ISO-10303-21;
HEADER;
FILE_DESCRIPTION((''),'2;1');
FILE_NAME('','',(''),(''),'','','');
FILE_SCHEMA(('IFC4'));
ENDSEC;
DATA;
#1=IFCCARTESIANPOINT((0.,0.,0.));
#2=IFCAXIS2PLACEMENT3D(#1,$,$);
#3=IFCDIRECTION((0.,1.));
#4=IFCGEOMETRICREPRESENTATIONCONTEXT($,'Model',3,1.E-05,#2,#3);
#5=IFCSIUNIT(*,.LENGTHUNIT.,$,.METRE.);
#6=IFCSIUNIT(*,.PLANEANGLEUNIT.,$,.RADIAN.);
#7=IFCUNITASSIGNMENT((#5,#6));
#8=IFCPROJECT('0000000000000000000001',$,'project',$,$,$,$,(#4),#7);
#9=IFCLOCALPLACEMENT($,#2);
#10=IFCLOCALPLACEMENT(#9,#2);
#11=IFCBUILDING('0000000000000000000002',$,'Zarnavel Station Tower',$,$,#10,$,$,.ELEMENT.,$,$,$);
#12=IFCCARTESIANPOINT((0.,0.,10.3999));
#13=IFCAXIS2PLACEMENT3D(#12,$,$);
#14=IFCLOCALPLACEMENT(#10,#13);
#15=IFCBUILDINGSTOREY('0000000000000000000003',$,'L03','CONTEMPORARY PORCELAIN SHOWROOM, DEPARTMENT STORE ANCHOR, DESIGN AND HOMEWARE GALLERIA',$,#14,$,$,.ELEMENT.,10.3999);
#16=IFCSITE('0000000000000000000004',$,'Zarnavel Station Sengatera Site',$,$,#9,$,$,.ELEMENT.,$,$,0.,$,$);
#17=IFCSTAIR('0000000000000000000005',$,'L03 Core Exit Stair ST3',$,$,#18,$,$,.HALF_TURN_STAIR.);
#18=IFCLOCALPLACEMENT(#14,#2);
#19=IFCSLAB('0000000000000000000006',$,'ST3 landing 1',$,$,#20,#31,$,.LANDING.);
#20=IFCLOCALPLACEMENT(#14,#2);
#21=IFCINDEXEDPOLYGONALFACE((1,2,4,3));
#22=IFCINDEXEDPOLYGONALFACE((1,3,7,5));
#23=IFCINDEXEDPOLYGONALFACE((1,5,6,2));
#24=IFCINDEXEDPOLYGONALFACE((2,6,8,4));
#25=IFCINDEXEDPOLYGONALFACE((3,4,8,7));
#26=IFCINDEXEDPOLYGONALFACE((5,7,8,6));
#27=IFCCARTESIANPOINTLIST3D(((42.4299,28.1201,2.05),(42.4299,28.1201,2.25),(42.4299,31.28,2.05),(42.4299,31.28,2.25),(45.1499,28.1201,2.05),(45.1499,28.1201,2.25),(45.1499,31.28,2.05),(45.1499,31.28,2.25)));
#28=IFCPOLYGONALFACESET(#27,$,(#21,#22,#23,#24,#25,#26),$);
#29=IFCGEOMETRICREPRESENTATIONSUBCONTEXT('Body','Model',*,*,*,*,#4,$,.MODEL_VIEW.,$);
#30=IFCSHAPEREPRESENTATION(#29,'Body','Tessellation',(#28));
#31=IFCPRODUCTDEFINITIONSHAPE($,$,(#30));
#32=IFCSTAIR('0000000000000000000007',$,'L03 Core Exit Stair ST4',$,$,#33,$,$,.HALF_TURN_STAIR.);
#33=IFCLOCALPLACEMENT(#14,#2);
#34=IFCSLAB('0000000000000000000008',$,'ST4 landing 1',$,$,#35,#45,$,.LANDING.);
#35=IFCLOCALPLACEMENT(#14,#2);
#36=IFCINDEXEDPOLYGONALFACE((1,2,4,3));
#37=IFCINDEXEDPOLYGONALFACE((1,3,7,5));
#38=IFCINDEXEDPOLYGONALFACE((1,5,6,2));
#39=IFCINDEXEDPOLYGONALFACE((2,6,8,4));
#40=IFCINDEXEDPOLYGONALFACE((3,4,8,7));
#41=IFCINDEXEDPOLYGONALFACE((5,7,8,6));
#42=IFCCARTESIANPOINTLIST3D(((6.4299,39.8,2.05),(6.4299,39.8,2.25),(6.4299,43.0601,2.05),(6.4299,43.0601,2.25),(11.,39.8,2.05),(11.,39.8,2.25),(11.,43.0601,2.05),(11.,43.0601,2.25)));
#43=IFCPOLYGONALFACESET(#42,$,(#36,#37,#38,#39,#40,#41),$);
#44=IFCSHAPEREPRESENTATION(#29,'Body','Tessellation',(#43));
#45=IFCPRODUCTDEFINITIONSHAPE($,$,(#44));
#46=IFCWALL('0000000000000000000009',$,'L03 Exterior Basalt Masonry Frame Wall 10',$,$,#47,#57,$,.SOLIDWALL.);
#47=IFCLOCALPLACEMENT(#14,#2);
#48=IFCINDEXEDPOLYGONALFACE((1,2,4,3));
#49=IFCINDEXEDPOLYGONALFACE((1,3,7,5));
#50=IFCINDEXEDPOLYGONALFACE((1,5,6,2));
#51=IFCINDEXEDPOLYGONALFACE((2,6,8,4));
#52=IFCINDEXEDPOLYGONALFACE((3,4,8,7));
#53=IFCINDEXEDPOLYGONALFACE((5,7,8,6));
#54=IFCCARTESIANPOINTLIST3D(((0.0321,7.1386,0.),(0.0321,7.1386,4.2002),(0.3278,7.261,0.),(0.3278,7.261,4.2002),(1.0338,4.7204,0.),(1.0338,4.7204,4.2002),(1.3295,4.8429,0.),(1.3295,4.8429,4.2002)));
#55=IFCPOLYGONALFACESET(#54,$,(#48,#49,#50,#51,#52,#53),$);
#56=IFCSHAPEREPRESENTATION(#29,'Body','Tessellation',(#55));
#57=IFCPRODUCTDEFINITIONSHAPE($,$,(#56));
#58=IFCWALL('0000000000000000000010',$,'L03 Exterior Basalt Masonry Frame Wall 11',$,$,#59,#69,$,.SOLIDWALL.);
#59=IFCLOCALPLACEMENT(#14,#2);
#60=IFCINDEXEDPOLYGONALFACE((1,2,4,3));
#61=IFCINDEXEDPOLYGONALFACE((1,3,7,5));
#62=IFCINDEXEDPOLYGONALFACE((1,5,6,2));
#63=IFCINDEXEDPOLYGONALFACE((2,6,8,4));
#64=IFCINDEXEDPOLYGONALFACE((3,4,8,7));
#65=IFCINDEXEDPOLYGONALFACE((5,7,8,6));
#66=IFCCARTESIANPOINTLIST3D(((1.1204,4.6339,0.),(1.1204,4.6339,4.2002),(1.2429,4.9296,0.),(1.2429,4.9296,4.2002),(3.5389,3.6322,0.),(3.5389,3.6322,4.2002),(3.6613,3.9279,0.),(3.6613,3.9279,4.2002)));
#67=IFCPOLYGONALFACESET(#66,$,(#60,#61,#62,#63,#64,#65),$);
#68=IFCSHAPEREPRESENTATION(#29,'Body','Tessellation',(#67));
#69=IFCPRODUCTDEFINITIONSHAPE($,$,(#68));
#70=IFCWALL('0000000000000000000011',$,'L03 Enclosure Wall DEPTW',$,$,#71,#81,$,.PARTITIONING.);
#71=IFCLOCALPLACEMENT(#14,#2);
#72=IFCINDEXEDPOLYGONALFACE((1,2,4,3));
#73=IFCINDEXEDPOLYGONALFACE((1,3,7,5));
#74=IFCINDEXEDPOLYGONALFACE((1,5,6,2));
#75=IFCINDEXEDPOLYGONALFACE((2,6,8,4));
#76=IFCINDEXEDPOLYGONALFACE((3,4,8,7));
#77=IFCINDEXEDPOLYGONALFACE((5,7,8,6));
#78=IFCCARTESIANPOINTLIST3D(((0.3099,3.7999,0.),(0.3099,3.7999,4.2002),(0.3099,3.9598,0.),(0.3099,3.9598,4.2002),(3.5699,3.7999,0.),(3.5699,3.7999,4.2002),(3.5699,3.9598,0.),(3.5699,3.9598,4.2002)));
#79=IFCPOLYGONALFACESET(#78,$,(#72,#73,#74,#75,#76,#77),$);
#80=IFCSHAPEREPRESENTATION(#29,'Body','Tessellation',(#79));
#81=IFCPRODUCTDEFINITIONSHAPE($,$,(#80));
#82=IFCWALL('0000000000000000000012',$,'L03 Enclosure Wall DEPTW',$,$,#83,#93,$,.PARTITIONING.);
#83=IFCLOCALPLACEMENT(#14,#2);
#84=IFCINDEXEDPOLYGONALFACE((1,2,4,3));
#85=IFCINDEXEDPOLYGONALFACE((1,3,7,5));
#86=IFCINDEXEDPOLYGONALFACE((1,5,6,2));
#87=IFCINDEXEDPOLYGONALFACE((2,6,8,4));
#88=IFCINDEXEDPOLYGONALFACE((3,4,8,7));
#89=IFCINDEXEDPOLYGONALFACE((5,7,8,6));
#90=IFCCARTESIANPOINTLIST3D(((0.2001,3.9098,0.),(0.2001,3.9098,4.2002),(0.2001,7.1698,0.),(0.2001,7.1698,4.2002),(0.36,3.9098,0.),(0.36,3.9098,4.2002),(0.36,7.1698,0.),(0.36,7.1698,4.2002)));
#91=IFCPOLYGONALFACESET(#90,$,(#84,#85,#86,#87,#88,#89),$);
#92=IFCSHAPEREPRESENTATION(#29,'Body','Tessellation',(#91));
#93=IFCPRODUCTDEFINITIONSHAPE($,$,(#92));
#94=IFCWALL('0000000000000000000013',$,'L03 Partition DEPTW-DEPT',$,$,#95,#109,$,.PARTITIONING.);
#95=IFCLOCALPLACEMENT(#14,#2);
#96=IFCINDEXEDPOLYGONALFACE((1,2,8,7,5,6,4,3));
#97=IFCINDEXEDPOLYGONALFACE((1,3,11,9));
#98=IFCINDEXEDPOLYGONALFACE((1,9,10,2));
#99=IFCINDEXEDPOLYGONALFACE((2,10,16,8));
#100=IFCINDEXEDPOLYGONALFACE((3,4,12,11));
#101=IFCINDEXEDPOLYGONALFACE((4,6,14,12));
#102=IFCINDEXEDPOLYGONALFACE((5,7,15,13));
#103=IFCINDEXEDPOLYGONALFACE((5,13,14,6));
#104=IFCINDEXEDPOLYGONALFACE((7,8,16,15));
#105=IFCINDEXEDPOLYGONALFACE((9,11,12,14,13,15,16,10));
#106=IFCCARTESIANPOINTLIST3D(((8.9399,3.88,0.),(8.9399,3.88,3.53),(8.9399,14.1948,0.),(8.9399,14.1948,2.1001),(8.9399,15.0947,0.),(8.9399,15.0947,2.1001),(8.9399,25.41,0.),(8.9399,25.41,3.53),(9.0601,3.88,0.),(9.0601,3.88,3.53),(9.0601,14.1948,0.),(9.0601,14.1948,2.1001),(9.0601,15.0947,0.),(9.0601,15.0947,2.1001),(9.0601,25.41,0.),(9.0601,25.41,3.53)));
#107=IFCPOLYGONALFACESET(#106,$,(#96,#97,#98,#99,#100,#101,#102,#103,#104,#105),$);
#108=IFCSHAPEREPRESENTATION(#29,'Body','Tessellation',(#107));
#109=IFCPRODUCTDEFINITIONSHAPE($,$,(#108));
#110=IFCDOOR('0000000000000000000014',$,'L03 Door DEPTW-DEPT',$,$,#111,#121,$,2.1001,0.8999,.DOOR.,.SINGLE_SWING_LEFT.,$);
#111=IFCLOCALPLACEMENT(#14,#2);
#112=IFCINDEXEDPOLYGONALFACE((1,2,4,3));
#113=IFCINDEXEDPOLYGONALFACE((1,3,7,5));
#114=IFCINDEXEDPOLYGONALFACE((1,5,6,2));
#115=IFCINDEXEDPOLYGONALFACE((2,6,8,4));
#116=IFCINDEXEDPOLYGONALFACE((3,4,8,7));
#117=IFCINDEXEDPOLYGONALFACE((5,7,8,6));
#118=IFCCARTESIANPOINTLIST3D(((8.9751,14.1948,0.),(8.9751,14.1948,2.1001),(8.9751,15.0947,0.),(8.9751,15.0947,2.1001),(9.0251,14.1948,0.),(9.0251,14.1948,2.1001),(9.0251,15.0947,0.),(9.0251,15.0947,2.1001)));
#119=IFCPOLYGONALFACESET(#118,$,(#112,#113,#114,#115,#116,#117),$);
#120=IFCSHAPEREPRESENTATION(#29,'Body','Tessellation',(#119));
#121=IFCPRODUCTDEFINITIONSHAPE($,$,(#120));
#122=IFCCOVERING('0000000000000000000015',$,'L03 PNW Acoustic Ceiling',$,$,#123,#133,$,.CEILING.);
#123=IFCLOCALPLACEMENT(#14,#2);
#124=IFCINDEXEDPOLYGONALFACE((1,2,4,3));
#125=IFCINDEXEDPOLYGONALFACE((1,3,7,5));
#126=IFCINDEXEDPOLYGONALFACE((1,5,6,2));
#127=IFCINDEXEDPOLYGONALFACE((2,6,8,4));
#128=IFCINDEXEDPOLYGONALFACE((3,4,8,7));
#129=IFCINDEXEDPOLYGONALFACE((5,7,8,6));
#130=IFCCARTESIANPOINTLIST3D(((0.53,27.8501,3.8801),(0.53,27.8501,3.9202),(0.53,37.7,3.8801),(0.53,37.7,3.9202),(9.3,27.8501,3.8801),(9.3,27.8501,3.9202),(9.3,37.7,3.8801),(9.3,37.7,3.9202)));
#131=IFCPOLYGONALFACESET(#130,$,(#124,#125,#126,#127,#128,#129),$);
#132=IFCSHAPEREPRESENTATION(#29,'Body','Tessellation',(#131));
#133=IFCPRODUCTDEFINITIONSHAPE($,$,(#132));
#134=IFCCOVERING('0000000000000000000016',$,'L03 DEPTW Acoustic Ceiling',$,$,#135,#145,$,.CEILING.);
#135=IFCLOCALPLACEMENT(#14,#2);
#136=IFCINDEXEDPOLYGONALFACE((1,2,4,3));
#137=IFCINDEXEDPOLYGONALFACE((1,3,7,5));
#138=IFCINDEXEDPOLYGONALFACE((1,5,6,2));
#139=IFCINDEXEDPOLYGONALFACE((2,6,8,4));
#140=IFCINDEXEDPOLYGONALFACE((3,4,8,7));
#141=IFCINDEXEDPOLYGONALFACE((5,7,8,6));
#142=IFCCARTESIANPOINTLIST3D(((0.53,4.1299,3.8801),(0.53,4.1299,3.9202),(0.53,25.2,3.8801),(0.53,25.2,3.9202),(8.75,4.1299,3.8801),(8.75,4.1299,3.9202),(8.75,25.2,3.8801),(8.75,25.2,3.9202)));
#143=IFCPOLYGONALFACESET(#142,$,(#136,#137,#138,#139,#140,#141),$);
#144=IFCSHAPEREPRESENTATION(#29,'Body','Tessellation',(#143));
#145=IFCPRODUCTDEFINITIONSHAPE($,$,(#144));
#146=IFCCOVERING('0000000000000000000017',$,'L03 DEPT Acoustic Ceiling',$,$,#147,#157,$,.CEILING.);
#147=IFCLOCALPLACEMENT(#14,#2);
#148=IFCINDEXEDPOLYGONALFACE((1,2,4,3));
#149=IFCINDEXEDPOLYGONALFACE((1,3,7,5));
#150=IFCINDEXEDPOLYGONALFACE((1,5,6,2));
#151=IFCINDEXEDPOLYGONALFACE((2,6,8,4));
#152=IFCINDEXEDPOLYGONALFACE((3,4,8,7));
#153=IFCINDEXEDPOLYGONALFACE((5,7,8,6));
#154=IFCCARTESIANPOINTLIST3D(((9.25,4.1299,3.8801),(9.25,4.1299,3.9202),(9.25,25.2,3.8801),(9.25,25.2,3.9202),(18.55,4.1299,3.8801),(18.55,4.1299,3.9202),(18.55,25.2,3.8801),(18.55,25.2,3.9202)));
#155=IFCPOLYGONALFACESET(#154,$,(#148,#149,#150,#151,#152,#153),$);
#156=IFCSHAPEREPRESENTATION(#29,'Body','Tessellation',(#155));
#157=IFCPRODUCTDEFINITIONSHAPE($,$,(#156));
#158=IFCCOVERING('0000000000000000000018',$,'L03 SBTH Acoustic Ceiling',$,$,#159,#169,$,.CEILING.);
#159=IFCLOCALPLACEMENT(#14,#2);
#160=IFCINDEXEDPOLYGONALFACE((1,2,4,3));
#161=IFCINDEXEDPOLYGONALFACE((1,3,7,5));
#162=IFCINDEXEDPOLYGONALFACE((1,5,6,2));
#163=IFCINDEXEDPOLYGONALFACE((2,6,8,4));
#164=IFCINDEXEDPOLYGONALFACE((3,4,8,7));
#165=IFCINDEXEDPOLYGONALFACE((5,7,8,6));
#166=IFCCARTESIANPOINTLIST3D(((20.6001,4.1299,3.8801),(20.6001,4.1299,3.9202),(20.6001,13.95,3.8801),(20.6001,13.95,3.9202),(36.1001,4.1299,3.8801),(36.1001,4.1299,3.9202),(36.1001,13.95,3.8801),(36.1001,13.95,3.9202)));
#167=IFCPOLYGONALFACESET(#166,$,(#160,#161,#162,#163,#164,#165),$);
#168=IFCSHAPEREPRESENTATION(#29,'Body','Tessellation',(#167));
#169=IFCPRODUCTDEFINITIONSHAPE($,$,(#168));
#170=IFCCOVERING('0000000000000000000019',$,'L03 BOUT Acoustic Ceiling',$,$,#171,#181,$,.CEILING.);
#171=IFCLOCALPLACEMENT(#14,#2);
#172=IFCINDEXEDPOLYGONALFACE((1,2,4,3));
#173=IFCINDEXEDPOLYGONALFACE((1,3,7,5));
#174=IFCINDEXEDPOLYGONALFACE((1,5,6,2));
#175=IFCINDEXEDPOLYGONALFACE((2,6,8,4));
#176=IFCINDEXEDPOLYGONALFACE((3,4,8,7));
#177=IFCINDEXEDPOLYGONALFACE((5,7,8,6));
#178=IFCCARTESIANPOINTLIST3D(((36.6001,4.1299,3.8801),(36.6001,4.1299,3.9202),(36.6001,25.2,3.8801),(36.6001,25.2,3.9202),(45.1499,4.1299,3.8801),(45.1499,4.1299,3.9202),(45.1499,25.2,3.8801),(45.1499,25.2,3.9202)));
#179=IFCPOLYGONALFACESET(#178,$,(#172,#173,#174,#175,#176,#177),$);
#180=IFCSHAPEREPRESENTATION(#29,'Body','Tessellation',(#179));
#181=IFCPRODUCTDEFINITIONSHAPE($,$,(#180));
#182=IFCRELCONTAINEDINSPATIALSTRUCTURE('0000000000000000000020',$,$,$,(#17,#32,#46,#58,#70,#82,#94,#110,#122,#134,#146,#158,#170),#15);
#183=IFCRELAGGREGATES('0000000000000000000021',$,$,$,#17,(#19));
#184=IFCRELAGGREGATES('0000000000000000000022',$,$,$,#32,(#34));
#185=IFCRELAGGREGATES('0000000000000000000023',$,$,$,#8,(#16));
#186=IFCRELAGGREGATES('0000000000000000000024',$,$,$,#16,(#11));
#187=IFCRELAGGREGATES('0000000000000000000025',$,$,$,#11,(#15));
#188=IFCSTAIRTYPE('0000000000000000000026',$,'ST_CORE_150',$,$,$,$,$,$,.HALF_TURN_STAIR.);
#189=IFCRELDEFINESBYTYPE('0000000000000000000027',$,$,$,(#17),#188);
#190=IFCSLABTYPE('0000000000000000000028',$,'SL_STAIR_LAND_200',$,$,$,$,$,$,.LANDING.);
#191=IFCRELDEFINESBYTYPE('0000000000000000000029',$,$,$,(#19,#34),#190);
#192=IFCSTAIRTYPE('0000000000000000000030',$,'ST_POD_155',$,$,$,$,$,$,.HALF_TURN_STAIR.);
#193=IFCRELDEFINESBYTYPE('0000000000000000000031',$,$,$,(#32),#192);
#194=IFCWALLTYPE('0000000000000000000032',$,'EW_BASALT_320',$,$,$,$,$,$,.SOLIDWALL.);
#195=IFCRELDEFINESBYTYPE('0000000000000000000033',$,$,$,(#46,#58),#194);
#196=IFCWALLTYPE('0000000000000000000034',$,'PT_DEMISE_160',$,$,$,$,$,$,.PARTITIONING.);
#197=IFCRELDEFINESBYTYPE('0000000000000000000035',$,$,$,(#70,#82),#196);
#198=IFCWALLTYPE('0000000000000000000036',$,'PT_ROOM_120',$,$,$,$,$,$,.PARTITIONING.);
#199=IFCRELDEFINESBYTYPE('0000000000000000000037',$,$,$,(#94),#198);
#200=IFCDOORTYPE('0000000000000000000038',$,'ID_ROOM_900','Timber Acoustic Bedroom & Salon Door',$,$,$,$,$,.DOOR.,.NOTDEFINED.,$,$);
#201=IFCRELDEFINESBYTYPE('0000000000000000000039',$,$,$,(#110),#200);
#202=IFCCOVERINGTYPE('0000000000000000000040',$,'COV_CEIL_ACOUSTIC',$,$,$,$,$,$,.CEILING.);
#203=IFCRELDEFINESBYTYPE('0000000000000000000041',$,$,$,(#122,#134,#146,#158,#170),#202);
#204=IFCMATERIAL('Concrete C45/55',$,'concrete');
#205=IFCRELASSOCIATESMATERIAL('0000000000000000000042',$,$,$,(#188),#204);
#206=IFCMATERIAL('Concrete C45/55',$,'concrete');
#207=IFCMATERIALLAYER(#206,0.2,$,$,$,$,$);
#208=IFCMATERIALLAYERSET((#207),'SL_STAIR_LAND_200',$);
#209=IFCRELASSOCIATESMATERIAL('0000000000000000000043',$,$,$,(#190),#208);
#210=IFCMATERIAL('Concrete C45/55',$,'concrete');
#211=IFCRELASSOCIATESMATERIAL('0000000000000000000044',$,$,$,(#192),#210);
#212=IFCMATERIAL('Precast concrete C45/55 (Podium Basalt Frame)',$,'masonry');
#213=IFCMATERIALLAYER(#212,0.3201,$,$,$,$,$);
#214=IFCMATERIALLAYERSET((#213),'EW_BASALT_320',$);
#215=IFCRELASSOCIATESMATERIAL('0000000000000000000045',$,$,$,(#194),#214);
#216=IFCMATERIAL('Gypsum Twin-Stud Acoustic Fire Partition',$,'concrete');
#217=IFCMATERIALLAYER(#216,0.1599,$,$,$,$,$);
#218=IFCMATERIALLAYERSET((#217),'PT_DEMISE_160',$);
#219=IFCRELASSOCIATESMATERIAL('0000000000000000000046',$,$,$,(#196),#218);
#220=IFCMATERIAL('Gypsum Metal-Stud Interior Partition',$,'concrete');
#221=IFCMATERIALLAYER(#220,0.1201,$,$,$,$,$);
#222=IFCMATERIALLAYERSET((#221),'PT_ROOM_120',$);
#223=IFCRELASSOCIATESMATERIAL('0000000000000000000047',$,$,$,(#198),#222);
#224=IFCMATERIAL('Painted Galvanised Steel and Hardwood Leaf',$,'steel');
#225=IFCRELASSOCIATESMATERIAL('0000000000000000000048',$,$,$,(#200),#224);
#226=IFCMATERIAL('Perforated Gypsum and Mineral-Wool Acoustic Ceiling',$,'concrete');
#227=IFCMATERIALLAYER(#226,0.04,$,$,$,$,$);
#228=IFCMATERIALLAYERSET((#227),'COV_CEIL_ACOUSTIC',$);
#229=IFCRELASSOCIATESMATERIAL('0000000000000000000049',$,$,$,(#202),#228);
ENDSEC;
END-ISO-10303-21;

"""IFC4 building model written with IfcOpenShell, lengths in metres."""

from ifc_helpers import new_model, si_unit, direction, frame, frame_2d, origin, place, context, subcontext, project, spatial, polyline, rectangle, outline, extrude, material, layer, layer_set, type_object, element, fill, aggregate, save


model = new_model("IFC4")

# Units and contexts
model_context = context("Model", 3, precision=1e-05, world=origin(), true_north=direction((0.0, 1.0)))
body_context = subcontext(model_context, "Body", "Model", "MODEL_VIEW")
ifc_project = project(units=[si_unit("LENGTHUNIT", "METRE"), si_unit("PLANEANGLEUNIT", "RADIAN")], contexts=[model_context])

# Site, building, storey
site_placement = place(None, origin())
site = spatial("IfcSite", under=ifc_project, at=site_placement, Name="Zarnavel Station Sengatera Site", CompositionType="ELEMENT", RefElevation=0.0)
building_placement = place(site_placement, origin())
building = spatial("IfcBuilding", under=site, at=building_placement, Name="Zarnavel Station Tower", CompositionType="ELEMENT")
storey_placement = place(building_placement, frame((0.0, 0.0, 10.3999)))
storey = spatial("IfcBuildingStorey", under=building, at=storey_placement, Name="L03", Description="CONTEMPORARY PORCELAIN SHOWROOM, DEPARTMENT STORE ANCHOR, DESIGN AND HOMEWARE GALLERIA", CompositionType="ELEMENT", Elevation=10.3999)

# Stairs, slabs
ifc_material_1 = material(Name="Concrete C45/55", Category="concrete")
stair_type_1 = type_object("IfcStairType", Name="ST_CORE_150", PredefinedType="HALF_TURN_STAIR", material=ifc_material_1)
ifc_material_2 = material(Name="Concrete C45/55", Category="concrete")
ifc_layer_1 = layer(ifc_material_2, 0.2)
ifc_layer_set_1 = layer_set([ifc_layer_1], Name="SL_STAIR_LAND_200")
slab_type_1 = type_object("IfcSlabType", Name="SL_STAIR_LAND_200", PredefinedType="LANDING", material=ifc_layer_set_1)
stair_1_placement = place(storey_placement, origin())
stair_1 = element("IfcStair", 1, at=stair_1_placement, inside=storey, type_object=stair_type_1, Name="L03 Core Exit Stair ST3", PredefinedType="HALF_TURN_STAIR")
slab_1_placement = place(storey_placement, frame((0.0, 0.0, 2.05)))
slab_1 = element("IfcSlab", 2, at=slab_1_placement, type_object=slab_type_1, Name="ST3 landing 1", PredefinedType="LANDING", context=body_context, shape_type="SweptSolid", body=[
    extrude(outline(polyline([(42.4299, 28.1201), (45.1499, 28.1201), (45.1499, 31.28), (42.4299, 31.28), (42.4299, 28.1201)])), origin(), (0.0, 0.0, 1.0), 0.2),
])
aggregate(stair_1, [slab_1])
ifc_material_3 = material(Name="Concrete C45/55", Category="concrete")
stair_type_2 = type_object("IfcStairType", Name="ST_POD_155", PredefinedType="HALF_TURN_STAIR", material=ifc_material_3)
stair_2_placement = place(storey_placement, origin())
stair_2 = element("IfcStair", 3, at=stair_2_placement, inside=storey, type_object=stair_type_2, Name="L03 Core Exit Stair ST4", PredefinedType="HALF_TURN_STAIR")
slab_2_placement = place(storey_placement, frame((0.0, 0.0, 2.05)))
slab_2 = element("IfcSlab", 4, at=slab_2_placement, type_object=slab_type_1, Name="ST4 landing 1", PredefinedType="LANDING", context=body_context, shape_type="SweptSolid", body=[
    extrude(outline(polyline([(6.4299, 39.8), (11.0, 39.8), (11.0, 43.0601), (6.4299, 43.0601), (6.4299, 39.8)])), origin(), (0.0, 0.0, 1.0), 0.2),
])
aggregate(stair_2, [slab_2])

# Walls
ifc_material_4 = material(Name="Precast concrete C45/55 (Podium Basalt Frame)", Category="masonry")
ifc_layer_2 = layer(ifc_material_4, 0.3201)
ifc_layer_set_2 = layer_set([ifc_layer_2], Name="EW_BASALT_320")
wall_type_1 = type_object("IfcWallType", Name="EW_BASALT_320", PredefinedType="SOLIDWALL", material=ifc_layer_set_2)
wall_1_placement = place(storey_placement, frame((1.1816, 4.7817, 0.0), z_axis=(0.0, 0.0, 1.0), x_axis=(-0.382701, 0.923872, 0.0)))
element("IfcWall", 5, at=wall_1_placement, inside=storey, type_object=wall_type_1, Name="L03 Exterior Basalt Masonry Frame Wall 10", PredefinedType="SOLIDWALL", context=body_context, shape_type="SweptSolid", body=[
    extrude(rectangle(XDim=2.6174, YDim=0.3201, at=frame_2d((1.3086, 0.0))), origin(), (0.0, 0.0, 1.0), 4.2002),
])
wall_2_placement = place(storey_placement, frame((3.6001, 3.78, 0.0), z_axis=(0.0, 0.0, 1.0), x_axis=(-0.923886, 0.382668, 0.0)))
element("IfcWall", 6, at=wall_2_placement, inside=storey, type_object=wall_type_1, Name="L03 Exterior Basalt Masonry Frame Wall 11", PredefinedType="SOLIDWALL", context=body_context, shape_type="SweptSolid", body=[
    extrude(rectangle(XDim=2.6177, YDim=0.3201, at=frame_2d((1.3088, 0.0))), origin(), (0.0, 0.0, 1.0), 4.2002),
])
ifc_material_5 = material(Name="Gypsum Twin-Stud Acoustic Fire Partition", Category="concrete")
ifc_layer_3 = layer(ifc_material_5, 0.1599)
ifc_layer_set_3 = layer_set([ifc_layer_3], Name="PT_DEMISE_160")
wall_type_2 = type_object("IfcWallType", Name="PT_DEMISE_160", PredefinedType="PARTITIONING", material=ifc_layer_set_3)
for number, where, z_axis, x_axis, name in (
    (7, (0.3101, 3.8799, 0.0), (0.0, 0.0, 1.0), (1.0, 0.0, 0.0), "L03 Enclosure Wall DEPTW"),
    (8, (0.28, 3.9099, 0.0), (0.0, 0.0, 1.0), (0.0, 1.0, 0.0), "L03 Enclosure Wall DEPTW"),
):
    element("IfcWall", number, at=place(storey_placement, frame(where, z_axis=z_axis, x_axis=x_axis)), inside=storey, type_object=wall_type_2, Name=name, PredefinedType="PARTITIONING", context=body_context, shape_type="SweptSolid", body=[
        extrude(rectangle(XDim=3.26, YDim=0.1599, at=frame_2d((1.6299, 0.0))), origin(), (0.0, 0.0, 1.0), 4.2002),
    ])

# Wall, opening, door
ifc_material_6 = material(Name="Gypsum Metal-Stud Interior Partition", Category="concrete")
ifc_layer_4 = layer(ifc_material_6, 0.1201)
ifc_layer_set_4 = layer_set([ifc_layer_4], Name="PT_ROOM_120")
wall_type_3 = type_object("IfcWallType", Name="PT_ROOM_120", PredefinedType="PARTITIONING", material=ifc_layer_set_4)
wall_3_placement = place(storey_placement, frame((9.0, 3.8799, 0.0), z_axis=(0.0, 0.0, 1.0), x_axis=(0.0, 1.0, 0.0)))
wall_3 = element("IfcWall", 9, at=wall_3_placement, inside=storey, type_object=wall_type_3, Name="L03 Partition DEPTW-DEPT", PredefinedType="PARTITIONING", context=body_context, shape_type="SweptSolid", body=[
    extrude(rectangle(XDim=21.53, YDim=0.1201, at=frame_2d((10.7651, 0.0))), origin(), (0.0, 0.0, 1.0), 3.53),
])
opening_placement = place(wall_3_placement, frame((10.3149, 0.0, 0.0)))
opening = element("IfcOpeningElement", 10, at=opening_placement, cuts=wall_3, PredefinedType="OPENING", context=body_context, shape_type="SweptSolid", body=[
    extrude(rectangle(XDim=0.8999, YDim=2.1001, at=frame_2d((0.45, 1.05))), frame((0.0, 0.0701, 0.0), z_axis=(0.0, -1.0, 0.0), x_axis=(1.0, 0.0, 0.0)), (0.0, 0.0, 1.0), 0.1401),
])
ifc_material_7 = material(Name="Painted Galvanised Steel and Hardwood Leaf", Category="steel")
door_type = type_object("IfcDoorType", Name="ID_ROOM_900", Description="Timber Acoustic Bedroom & Salon Door", OperationType="NOTDEFINED", PredefinedType="DOOR", material=ifc_material_7)
door_placement = place(opening_placement, origin())
door = element("IfcDoor", 11, at=door_placement, inside=storey, type_object=door_type, Name="L03 Door DEPTW-DEPT", OperationType="SINGLE_SWING_LEFT", OverallHeight=2.1001, OverallWidth=0.8999, PredefinedType="DOOR", context=body_context, shape_type="SweptSolid", body=[
    extrude(rectangle(XDim=0.8999, YDim=2.1001, at=frame_2d((0.45, 1.05))), frame((0.0, 0.0249, 0.0), z_axis=(0.0, -1.0, 0.0), x_axis=(1.0, 0.0, 0.0)), (0.0, 0.0, 1.0), 0.05),
])
fill(opening, door)

# Coverings
ifc_material_8 = material(Name="Perforated Gypsum and Mineral-Wool Acoustic Ceiling", Category="concrete")
ifc_layer_5 = layer(ifc_material_8, 0.04)
ifc_layer_set_5 = layer_set([ifc_layer_5], Name="COV_CEIL_ACOUSTIC")
covering_type_1 = type_object("IfcCoveringType", Name="COV_CEIL_ACOUSTIC", PredefinedType="CEILING", material=ifc_layer_set_5)
covering_1_placement = place(storey_placement, frame((0.0, 0.0, 3.8801)))
element("IfcCovering", 12, at=covering_1_placement, inside=storey, type_object=covering_type_1, Name="L03 PNW Acoustic Ceiling", PredefinedType="CEILING", context=body_context, shape_type="SweptSolid", body=[
    extrude(outline(polyline([(0.53, 27.8501), (9.3, 27.8501), (9.3, 37.7), (0.53, 37.7), (0.53, 27.8501)])), origin(), (0.0, 0.0, 1.0), 0.04),
])
covering_2_placement = place(storey_placement, frame((0.0, 0.0, 3.8801)))
element("IfcCovering", 13, at=covering_2_placement, inside=storey, type_object=covering_type_1, Name="L03 DEPTW Acoustic Ceiling", PredefinedType="CEILING", context=body_context, shape_type="SweptSolid", body=[
    extrude(outline(polyline([(0.53, 4.1299), (8.75, 4.1299), (8.75, 25.2), (0.53, 25.2), (0.53, 4.1299)])), origin(), (0.0, 0.0, 1.0), 0.04),
])
covering_3_placement = place(storey_placement, frame((0.0, 0.0, 3.8801)))
element("IfcCovering", 14, at=covering_3_placement, inside=storey, type_object=covering_type_1, Name="L03 DEPT Acoustic Ceiling", PredefinedType="CEILING", context=body_context, shape_type="SweptSolid", body=[
    extrude(outline(polyline([(9.25, 4.1299), (18.55, 4.1299), (18.55, 25.2), (9.25, 25.2), (9.25, 4.1299)])), origin(), (0.0, 0.0, 1.0), 0.04),
])
covering_4_placement = place(storey_placement, frame((0.0, 0.0, 3.8801)))
element("IfcCovering", 15, at=covering_4_placement, inside=storey, type_object=covering_type_1, Name="L03 SBTH Acoustic Ceiling", PredefinedType="CEILING", context=body_context, shape_type="SweptSolid", body=[
    extrude(outline(polyline([(20.6001, 4.1299), (36.1001, 4.1299), (36.1001, 13.95), (20.6001, 13.95), (20.6001, 4.1299)])), origin(), (0.0, 0.0, 1.0), 0.04),
])
covering_5_placement = place(storey_placement, frame((0.0, 0.0, 3.8801)))
element("IfcCovering", 16, at=covering_5_placement, inside=storey, type_object=covering_type_1, Name="L03 BOUT Acoustic Ceiling", PredefinedType="CEILING", context=body_context, shape_type="SweptSolid", body=[
    extrude(outline(polyline([(36.6001, 4.1299), (45.1499, 4.1299), (45.1499, 25.2), (36.6001, 25.2), (36.6001, 4.1299)])), origin(), (0.0, 0.0, 1.0), 0.04),
])

save(model, "model.ifc")
